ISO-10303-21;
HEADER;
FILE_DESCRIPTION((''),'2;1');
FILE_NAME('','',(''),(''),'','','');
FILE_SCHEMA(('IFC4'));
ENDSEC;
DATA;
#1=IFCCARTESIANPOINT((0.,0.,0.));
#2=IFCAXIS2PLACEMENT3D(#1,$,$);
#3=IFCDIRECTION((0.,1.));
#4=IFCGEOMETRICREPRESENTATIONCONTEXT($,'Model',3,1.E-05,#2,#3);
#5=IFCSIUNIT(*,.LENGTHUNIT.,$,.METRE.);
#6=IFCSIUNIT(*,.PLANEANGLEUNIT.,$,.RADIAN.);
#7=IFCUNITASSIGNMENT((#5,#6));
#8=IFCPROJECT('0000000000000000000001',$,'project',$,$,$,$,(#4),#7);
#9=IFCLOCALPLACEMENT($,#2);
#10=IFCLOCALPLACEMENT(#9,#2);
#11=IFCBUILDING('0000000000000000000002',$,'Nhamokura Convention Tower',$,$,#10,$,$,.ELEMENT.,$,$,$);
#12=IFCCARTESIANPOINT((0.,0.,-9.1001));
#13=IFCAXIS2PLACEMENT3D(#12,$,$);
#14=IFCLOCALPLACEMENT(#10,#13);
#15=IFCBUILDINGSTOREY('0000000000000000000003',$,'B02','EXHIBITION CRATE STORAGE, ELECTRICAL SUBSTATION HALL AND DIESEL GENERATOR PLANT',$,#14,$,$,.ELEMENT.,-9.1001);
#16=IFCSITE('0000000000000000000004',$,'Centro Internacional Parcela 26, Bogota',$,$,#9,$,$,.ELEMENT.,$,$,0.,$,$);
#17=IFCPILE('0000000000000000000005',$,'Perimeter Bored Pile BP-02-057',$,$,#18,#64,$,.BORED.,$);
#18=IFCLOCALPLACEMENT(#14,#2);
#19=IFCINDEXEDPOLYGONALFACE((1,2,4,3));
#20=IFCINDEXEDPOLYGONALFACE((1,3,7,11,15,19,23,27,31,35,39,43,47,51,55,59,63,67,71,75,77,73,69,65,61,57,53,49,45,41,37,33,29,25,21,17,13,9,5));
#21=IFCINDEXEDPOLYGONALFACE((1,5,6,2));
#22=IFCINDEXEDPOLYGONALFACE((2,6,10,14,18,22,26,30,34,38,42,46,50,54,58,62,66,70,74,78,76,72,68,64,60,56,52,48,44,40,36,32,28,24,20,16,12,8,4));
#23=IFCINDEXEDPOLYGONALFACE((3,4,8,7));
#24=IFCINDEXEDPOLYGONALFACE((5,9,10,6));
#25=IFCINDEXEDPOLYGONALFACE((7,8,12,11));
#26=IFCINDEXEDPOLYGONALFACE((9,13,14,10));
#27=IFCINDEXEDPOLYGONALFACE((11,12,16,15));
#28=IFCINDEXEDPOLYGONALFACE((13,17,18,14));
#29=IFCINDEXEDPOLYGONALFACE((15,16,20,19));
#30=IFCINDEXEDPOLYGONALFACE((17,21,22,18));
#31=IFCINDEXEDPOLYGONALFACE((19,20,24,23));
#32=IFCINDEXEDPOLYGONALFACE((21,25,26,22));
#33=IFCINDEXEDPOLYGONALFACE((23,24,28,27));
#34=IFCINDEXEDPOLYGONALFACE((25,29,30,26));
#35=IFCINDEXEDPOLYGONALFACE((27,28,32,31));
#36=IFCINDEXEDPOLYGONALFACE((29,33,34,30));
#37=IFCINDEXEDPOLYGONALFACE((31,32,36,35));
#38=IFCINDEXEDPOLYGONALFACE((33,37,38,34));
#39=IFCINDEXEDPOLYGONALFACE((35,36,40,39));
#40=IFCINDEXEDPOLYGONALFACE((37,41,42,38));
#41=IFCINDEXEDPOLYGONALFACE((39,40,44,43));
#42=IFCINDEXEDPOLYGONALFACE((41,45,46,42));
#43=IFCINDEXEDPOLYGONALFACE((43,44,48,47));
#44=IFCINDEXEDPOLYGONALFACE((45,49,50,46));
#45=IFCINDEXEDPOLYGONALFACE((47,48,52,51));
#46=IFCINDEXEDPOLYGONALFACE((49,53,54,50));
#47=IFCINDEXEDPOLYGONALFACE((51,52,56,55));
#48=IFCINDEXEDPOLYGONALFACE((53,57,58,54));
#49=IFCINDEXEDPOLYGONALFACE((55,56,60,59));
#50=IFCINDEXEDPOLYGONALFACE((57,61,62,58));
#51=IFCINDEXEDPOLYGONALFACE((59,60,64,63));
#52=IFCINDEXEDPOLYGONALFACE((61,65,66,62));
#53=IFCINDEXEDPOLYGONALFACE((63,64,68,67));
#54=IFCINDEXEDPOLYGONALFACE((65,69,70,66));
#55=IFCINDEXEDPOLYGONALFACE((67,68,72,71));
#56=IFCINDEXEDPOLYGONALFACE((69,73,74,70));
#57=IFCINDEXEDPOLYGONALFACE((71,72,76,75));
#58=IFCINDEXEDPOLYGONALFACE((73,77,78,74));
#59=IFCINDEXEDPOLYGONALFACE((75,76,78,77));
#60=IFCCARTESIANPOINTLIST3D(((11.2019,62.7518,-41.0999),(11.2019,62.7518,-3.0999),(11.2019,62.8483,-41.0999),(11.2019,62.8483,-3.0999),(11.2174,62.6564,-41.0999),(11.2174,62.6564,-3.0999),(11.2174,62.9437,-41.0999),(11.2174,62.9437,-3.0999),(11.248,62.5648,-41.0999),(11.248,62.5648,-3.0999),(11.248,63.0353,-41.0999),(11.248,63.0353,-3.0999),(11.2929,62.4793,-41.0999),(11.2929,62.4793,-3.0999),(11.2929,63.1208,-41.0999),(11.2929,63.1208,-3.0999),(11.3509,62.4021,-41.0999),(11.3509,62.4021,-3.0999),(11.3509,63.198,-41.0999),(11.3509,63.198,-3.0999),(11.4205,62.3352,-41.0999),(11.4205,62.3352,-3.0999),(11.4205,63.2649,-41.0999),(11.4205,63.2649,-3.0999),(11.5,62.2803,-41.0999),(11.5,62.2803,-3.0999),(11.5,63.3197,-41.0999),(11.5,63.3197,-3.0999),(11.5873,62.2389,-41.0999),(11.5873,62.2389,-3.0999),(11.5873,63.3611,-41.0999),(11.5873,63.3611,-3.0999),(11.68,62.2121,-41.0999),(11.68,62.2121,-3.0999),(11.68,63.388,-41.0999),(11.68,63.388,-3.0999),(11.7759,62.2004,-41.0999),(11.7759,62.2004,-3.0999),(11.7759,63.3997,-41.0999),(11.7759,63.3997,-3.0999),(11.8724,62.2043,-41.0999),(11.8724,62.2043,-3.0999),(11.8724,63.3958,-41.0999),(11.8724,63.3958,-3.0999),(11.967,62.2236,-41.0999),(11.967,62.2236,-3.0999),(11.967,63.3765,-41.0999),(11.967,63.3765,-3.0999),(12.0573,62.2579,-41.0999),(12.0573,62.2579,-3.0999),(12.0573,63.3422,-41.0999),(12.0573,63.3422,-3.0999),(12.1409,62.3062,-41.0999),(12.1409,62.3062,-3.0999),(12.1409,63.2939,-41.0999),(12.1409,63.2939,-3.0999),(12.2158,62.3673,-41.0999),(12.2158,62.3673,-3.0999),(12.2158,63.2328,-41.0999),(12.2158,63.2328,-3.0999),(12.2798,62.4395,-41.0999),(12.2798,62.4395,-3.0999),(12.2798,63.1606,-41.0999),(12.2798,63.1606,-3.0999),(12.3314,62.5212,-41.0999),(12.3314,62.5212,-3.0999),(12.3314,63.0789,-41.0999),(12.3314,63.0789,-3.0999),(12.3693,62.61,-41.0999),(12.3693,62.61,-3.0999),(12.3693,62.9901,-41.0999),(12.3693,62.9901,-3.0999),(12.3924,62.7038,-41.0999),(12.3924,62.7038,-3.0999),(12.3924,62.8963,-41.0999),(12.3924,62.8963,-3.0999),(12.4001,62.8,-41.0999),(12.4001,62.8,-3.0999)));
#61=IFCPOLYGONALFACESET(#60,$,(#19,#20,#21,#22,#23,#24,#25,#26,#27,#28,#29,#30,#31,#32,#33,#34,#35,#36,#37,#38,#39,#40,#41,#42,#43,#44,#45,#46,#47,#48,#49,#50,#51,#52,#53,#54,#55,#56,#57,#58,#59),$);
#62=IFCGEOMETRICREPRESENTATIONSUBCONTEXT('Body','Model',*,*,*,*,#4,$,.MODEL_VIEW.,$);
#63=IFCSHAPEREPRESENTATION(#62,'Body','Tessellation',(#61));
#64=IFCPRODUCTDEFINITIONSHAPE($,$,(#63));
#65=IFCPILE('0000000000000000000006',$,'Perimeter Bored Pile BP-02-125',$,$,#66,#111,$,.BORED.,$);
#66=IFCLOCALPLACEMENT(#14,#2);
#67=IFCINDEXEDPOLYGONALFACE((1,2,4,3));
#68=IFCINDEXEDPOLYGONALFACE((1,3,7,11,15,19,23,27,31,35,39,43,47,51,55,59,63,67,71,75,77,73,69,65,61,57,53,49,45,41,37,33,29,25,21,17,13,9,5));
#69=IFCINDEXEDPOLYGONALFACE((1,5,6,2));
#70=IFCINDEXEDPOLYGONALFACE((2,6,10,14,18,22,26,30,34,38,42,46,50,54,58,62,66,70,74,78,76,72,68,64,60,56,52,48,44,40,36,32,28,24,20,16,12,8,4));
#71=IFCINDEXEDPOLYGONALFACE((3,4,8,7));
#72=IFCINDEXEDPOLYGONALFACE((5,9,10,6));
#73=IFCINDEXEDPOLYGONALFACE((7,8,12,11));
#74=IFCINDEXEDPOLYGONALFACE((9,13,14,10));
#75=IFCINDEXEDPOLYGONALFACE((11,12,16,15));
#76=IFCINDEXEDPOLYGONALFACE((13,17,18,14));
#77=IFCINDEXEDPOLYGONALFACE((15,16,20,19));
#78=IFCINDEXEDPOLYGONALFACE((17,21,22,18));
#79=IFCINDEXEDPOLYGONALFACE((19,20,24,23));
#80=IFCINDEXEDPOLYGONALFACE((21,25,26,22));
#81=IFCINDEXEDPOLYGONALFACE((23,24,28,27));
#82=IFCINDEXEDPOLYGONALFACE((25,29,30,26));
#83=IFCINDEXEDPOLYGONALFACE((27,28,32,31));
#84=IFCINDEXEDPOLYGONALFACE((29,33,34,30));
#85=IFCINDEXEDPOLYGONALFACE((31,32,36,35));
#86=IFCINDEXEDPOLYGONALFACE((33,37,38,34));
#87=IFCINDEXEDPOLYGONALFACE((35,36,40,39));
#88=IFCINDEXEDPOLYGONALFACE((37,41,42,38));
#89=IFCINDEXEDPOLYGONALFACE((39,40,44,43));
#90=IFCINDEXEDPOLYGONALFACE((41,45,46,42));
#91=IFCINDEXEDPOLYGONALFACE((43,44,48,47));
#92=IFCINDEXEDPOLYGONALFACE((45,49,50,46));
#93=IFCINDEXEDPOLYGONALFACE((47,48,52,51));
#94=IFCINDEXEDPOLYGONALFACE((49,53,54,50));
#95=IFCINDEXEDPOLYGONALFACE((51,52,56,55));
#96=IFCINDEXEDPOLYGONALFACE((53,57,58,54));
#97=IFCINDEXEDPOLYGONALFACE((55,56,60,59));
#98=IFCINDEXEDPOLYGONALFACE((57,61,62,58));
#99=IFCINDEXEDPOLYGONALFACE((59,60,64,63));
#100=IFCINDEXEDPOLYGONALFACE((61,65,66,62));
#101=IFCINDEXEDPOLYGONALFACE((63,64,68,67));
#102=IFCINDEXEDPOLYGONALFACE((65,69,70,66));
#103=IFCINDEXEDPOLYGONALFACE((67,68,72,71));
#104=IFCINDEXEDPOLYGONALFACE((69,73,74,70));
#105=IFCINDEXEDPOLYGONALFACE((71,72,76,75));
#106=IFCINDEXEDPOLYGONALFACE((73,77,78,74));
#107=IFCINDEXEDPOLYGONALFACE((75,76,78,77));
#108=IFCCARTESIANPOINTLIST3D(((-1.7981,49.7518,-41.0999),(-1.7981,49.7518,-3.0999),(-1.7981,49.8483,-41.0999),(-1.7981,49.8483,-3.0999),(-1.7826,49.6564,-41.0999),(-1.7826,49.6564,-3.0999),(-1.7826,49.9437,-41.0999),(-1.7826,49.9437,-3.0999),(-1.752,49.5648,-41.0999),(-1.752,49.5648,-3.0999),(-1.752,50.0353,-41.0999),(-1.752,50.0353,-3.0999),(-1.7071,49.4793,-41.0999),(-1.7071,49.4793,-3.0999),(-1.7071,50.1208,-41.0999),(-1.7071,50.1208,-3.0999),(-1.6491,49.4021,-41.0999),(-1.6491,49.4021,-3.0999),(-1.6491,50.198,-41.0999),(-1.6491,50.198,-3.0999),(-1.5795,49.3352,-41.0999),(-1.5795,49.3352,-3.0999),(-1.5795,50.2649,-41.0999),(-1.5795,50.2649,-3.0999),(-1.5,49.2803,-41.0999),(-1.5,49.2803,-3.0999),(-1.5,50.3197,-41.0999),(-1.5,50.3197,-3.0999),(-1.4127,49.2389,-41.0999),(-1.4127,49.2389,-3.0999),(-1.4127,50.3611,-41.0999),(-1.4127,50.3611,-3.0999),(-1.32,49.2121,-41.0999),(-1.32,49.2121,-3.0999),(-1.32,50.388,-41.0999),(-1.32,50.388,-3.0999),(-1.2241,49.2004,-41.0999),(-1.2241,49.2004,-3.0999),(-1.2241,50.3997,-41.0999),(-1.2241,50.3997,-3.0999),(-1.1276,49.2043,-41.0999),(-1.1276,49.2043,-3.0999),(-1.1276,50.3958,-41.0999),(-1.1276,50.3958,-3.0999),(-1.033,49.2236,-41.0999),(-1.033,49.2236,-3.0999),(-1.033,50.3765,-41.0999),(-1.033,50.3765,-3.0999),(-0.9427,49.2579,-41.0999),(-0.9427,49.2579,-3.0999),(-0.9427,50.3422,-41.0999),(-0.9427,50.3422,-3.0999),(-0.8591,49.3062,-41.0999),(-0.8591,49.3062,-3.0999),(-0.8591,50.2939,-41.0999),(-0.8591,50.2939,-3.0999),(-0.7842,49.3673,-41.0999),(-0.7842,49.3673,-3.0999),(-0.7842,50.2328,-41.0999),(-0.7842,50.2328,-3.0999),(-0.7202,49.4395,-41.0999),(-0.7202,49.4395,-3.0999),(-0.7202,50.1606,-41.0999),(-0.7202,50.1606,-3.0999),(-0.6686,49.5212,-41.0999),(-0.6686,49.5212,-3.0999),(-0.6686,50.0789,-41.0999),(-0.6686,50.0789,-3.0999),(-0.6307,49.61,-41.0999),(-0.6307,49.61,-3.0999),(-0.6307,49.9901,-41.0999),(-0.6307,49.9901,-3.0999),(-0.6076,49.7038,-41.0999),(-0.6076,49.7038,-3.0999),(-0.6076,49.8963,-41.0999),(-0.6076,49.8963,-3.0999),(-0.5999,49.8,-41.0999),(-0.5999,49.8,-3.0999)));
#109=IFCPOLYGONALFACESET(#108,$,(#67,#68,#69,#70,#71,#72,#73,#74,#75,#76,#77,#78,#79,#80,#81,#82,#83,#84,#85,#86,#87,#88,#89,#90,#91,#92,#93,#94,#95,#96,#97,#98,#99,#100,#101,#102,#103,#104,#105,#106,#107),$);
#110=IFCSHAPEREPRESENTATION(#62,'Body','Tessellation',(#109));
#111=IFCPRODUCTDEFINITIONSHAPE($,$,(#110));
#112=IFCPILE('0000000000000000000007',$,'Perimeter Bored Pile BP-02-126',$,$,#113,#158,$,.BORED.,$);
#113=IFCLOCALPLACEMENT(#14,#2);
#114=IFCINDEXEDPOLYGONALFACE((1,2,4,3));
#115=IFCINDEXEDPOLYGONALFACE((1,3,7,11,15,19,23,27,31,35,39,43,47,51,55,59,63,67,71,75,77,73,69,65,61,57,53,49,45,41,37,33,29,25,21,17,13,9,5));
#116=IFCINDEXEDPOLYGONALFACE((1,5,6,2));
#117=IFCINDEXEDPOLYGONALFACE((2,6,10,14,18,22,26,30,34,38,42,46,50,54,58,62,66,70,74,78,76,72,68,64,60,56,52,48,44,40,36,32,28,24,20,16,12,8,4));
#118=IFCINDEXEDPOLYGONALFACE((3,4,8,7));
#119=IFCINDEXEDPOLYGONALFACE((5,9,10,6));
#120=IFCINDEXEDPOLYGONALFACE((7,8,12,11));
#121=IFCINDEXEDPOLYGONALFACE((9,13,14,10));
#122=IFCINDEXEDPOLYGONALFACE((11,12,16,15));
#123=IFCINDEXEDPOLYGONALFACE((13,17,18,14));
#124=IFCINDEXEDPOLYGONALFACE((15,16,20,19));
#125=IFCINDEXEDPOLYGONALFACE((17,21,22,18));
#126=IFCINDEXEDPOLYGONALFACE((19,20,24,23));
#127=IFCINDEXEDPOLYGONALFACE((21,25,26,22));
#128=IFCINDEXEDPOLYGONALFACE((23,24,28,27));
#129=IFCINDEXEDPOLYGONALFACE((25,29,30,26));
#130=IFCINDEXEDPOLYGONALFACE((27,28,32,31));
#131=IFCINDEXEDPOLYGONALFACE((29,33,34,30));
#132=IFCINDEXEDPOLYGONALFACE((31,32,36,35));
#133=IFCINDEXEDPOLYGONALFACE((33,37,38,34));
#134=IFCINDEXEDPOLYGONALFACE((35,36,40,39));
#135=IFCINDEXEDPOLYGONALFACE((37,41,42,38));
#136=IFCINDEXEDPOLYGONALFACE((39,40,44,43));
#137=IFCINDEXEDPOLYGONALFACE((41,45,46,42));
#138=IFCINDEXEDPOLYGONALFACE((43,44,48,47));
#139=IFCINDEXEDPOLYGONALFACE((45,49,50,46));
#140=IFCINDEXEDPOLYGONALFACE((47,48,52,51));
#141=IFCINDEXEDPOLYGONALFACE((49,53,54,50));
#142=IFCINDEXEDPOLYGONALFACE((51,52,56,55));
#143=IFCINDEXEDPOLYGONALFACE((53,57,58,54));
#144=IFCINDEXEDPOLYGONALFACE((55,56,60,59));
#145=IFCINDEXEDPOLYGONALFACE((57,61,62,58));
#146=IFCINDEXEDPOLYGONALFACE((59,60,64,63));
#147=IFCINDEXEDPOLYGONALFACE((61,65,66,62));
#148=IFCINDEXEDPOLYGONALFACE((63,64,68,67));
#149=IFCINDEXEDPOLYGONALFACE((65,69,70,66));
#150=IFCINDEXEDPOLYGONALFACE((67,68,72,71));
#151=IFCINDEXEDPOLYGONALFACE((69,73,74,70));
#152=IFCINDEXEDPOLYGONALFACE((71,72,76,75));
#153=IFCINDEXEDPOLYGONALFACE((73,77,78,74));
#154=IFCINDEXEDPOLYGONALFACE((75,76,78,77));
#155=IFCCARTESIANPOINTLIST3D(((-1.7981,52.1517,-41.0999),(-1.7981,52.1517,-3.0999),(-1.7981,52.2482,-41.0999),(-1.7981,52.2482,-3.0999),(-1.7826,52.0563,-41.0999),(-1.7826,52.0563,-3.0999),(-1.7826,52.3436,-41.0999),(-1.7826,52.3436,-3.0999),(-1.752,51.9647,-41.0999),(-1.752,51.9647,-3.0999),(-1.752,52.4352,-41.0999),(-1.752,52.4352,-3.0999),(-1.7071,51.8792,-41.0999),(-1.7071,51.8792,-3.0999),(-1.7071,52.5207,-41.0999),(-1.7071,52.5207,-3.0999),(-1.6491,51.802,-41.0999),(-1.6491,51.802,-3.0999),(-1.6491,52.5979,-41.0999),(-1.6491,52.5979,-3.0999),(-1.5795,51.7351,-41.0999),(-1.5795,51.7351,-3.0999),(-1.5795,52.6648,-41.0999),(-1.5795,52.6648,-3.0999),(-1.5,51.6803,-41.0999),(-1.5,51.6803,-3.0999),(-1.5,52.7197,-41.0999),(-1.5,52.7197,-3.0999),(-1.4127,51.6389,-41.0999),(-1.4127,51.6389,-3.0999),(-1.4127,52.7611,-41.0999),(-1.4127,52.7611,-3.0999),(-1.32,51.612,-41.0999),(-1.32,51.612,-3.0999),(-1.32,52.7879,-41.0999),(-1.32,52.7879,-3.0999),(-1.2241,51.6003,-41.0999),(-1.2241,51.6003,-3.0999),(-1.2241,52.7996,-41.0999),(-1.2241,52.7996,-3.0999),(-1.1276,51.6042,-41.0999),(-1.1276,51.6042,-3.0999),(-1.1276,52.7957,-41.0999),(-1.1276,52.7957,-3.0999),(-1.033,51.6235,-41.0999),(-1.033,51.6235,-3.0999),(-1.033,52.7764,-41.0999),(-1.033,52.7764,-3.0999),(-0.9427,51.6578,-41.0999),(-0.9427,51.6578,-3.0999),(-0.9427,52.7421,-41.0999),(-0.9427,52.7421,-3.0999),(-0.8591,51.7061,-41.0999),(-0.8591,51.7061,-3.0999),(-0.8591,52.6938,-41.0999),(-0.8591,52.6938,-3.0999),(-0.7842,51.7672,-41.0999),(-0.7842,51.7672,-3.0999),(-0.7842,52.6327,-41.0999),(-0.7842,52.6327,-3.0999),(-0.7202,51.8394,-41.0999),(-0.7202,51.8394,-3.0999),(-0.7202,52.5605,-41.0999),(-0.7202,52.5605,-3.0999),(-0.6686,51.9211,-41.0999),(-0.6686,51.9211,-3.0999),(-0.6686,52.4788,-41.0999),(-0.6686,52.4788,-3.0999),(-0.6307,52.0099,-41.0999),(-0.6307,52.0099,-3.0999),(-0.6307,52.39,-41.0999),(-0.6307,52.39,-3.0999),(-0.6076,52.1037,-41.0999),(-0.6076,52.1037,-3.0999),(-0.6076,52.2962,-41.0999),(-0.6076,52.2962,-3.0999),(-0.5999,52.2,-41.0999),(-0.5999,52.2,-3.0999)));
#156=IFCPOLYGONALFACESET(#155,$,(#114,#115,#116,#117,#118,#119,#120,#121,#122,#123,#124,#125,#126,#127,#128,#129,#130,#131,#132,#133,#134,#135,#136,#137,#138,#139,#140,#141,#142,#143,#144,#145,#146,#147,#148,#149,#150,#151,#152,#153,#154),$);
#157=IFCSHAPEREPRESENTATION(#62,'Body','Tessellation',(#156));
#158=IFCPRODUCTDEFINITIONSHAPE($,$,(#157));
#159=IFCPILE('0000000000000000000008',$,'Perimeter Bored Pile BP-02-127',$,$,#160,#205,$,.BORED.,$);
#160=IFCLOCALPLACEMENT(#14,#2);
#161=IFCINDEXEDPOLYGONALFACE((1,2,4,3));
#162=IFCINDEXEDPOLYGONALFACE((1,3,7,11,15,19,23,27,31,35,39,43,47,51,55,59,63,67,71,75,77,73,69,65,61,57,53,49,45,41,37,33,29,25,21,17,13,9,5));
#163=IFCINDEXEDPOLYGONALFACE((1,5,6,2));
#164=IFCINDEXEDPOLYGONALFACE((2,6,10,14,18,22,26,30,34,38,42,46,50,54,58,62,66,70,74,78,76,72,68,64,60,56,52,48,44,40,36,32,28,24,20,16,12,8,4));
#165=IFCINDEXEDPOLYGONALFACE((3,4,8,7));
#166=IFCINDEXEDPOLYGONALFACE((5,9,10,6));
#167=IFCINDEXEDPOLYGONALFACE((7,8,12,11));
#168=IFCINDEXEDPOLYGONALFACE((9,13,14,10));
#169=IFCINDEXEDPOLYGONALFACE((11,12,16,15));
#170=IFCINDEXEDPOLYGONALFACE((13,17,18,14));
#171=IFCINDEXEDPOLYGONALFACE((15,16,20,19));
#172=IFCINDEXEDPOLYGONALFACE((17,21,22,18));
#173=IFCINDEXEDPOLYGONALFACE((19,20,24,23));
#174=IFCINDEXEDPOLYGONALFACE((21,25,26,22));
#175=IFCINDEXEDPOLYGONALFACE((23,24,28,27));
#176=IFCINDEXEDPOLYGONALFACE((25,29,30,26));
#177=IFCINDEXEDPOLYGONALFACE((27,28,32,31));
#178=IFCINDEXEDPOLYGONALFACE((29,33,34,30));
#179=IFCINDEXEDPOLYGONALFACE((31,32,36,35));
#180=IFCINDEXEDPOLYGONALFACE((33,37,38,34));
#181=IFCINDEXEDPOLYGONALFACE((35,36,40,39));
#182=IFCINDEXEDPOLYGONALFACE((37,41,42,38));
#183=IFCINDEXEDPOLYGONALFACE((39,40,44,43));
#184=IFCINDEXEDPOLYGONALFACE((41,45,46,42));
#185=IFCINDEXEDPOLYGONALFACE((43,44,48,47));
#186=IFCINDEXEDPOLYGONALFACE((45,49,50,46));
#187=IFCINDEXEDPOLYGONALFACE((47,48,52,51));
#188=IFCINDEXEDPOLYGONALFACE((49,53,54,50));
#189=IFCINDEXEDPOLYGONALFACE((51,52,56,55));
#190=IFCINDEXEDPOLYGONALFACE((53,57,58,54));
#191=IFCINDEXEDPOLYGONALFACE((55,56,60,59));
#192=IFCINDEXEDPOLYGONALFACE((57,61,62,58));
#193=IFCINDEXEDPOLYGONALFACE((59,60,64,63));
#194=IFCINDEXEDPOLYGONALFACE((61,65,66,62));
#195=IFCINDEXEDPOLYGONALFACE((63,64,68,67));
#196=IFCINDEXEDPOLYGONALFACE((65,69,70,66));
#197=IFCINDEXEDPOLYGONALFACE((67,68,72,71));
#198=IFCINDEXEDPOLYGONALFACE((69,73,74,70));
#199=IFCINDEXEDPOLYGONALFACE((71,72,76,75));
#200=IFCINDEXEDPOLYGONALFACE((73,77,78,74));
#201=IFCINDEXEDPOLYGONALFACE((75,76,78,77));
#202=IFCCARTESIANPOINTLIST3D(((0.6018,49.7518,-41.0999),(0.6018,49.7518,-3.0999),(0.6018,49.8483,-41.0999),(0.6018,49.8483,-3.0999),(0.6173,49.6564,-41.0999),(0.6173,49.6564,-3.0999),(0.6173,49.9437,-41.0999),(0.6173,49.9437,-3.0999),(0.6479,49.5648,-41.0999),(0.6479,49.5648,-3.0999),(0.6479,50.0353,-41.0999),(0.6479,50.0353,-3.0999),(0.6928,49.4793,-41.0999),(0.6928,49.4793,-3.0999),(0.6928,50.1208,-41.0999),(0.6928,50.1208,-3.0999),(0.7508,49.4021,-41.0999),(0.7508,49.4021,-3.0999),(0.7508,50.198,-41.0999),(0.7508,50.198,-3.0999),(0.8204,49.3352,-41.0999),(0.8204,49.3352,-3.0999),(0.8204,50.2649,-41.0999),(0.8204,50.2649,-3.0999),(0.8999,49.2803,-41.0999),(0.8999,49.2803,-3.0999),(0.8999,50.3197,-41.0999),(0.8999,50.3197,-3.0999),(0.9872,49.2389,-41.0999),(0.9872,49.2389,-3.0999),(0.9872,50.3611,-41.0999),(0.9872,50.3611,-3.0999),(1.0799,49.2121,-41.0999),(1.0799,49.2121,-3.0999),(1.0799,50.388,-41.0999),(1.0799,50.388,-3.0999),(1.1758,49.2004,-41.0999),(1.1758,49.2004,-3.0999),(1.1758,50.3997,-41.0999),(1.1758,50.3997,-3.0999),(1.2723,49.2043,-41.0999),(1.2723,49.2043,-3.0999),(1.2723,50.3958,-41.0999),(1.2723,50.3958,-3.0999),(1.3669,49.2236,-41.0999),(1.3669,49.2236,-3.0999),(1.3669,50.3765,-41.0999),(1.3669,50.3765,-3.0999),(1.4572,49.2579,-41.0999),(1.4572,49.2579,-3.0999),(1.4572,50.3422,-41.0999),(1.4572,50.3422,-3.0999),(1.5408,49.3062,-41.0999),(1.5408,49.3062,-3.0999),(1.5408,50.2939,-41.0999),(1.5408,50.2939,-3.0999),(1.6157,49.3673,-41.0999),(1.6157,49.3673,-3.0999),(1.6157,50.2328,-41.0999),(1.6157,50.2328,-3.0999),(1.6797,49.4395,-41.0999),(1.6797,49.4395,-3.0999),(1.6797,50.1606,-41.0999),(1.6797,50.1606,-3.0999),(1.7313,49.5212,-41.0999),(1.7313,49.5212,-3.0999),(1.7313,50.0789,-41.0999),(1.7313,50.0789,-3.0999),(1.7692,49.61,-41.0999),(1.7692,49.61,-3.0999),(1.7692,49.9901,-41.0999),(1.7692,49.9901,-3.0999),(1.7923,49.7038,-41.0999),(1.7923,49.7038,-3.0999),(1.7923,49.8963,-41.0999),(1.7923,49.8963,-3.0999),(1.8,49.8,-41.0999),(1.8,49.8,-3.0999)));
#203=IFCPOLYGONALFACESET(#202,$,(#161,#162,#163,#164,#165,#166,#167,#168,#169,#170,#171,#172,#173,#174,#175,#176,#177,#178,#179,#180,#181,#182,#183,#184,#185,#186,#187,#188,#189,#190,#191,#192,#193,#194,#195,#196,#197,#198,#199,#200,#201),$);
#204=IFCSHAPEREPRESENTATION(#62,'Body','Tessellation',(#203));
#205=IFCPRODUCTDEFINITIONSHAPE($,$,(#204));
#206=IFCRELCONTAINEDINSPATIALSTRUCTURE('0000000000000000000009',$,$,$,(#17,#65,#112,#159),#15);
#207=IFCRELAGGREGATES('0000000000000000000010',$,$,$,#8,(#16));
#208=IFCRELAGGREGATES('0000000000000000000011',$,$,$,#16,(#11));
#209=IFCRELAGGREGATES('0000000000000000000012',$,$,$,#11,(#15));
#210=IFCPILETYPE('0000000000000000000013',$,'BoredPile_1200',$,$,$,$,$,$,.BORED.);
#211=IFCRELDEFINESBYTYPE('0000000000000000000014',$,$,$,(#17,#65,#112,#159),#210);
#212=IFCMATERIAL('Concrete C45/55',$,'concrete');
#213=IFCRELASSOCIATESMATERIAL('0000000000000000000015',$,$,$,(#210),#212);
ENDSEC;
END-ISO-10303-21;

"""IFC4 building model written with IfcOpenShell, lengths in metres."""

from ifc_helpers import new_model, si_unit, direction, frame, origin, origin_2d, place, context, subcontext, project, spatial, circle, extrude, material, material_profile, profile_set, type_object, element, save


model = new_model("IFC4")

# Units and contexts
model_context = context("Model", 3, precision=1e-05, world=origin(), true_north=direction((0.0, 1.0)))
body_context = subcontext(model_context, "Body", "Model", "MODEL_VIEW")
ifc_project = project(units=[si_unit("LENGTHUNIT", "METRE"), si_unit("PLANEANGLEUNIT", "RADIAN")], contexts=[model_context])

# Site, building, storey
site_placement = place(None, origin())
site = spatial("IfcSite", under=ifc_project, at=site_placement, Name="Centro Internacional Parcela 26, Bogota", CompositionType="ELEMENT", RefElevation=0.0)
building_placement = place(site_placement, origin())
building = spatial("IfcBuilding", under=site, at=building_placement, Name="Nhamokura Convention Tower", CompositionType="ELEMENT")
storey_placement = place(building_placement, frame((0.0, 0.0, -9.1001)))
storey = spatial("IfcBuildingStorey", under=building, at=storey_placement, Name="B02", Description="EXHIBITION CRATE STORAGE, ELECTRICAL SUBSTATION HALL AND DIESEL GENERATOR PLANT", CompositionType="ELEMENT", Elevation=-9.1001)

# Piles
ifc_material_1 = material(Name="Concrete C45/55", Category="concrete")
ifc_material_profile_1 = material_profile(ifc_material_1, circle(Radius=0.6001, at=origin_2d()))
ifc_profile_set_1 = profile_set([ifc_material_profile_1], Name="Concrete C45/55")
pile_type = type_object("IfcPileType", Name="BoredPile_1200", PredefinedType="BORED", material=ifc_profile_set_1)
for number, where, z_axis, x_axis, name in (
    (1, (11.8, 62.8, -3.0999), (0.0, 0.0, -1.0), (1.0, 0.0, 0.0), "Perimeter Bored Pile BP-02-057"),
    (2, (-1.2, 49.8, -3.0999), (0.0, 0.0, -1.0), (1.0, 0.0, 0.0), "Perimeter Bored Pile BP-02-125"),
    (3, (-1.2, 52.2, -3.0999), (0.0, 0.0, -1.0), (1.0, 0.0, 0.0), "Perimeter Bored Pile BP-02-126"),
    (4, (1.2, 49.8, -3.0999), (0.0, 0.0, -1.0), (1.0, 0.0, 0.0), "Perimeter Bored Pile BP-02-127"),
):
    element("IfcPile", number, at=place(storey_placement, frame(where, z_axis=z_axis, x_axis=x_axis)), inside=storey, type_object=pile_type, Name=name, PredefinedType="BORED", context=body_context, shape_type="SweptSolid", body=[
        extrude(circle(Radius=0.6001, at=origin_2d()), origin(), (0.0, 0.0, 1.0), 38.0),
    ])

save(model, "model.ifc")
